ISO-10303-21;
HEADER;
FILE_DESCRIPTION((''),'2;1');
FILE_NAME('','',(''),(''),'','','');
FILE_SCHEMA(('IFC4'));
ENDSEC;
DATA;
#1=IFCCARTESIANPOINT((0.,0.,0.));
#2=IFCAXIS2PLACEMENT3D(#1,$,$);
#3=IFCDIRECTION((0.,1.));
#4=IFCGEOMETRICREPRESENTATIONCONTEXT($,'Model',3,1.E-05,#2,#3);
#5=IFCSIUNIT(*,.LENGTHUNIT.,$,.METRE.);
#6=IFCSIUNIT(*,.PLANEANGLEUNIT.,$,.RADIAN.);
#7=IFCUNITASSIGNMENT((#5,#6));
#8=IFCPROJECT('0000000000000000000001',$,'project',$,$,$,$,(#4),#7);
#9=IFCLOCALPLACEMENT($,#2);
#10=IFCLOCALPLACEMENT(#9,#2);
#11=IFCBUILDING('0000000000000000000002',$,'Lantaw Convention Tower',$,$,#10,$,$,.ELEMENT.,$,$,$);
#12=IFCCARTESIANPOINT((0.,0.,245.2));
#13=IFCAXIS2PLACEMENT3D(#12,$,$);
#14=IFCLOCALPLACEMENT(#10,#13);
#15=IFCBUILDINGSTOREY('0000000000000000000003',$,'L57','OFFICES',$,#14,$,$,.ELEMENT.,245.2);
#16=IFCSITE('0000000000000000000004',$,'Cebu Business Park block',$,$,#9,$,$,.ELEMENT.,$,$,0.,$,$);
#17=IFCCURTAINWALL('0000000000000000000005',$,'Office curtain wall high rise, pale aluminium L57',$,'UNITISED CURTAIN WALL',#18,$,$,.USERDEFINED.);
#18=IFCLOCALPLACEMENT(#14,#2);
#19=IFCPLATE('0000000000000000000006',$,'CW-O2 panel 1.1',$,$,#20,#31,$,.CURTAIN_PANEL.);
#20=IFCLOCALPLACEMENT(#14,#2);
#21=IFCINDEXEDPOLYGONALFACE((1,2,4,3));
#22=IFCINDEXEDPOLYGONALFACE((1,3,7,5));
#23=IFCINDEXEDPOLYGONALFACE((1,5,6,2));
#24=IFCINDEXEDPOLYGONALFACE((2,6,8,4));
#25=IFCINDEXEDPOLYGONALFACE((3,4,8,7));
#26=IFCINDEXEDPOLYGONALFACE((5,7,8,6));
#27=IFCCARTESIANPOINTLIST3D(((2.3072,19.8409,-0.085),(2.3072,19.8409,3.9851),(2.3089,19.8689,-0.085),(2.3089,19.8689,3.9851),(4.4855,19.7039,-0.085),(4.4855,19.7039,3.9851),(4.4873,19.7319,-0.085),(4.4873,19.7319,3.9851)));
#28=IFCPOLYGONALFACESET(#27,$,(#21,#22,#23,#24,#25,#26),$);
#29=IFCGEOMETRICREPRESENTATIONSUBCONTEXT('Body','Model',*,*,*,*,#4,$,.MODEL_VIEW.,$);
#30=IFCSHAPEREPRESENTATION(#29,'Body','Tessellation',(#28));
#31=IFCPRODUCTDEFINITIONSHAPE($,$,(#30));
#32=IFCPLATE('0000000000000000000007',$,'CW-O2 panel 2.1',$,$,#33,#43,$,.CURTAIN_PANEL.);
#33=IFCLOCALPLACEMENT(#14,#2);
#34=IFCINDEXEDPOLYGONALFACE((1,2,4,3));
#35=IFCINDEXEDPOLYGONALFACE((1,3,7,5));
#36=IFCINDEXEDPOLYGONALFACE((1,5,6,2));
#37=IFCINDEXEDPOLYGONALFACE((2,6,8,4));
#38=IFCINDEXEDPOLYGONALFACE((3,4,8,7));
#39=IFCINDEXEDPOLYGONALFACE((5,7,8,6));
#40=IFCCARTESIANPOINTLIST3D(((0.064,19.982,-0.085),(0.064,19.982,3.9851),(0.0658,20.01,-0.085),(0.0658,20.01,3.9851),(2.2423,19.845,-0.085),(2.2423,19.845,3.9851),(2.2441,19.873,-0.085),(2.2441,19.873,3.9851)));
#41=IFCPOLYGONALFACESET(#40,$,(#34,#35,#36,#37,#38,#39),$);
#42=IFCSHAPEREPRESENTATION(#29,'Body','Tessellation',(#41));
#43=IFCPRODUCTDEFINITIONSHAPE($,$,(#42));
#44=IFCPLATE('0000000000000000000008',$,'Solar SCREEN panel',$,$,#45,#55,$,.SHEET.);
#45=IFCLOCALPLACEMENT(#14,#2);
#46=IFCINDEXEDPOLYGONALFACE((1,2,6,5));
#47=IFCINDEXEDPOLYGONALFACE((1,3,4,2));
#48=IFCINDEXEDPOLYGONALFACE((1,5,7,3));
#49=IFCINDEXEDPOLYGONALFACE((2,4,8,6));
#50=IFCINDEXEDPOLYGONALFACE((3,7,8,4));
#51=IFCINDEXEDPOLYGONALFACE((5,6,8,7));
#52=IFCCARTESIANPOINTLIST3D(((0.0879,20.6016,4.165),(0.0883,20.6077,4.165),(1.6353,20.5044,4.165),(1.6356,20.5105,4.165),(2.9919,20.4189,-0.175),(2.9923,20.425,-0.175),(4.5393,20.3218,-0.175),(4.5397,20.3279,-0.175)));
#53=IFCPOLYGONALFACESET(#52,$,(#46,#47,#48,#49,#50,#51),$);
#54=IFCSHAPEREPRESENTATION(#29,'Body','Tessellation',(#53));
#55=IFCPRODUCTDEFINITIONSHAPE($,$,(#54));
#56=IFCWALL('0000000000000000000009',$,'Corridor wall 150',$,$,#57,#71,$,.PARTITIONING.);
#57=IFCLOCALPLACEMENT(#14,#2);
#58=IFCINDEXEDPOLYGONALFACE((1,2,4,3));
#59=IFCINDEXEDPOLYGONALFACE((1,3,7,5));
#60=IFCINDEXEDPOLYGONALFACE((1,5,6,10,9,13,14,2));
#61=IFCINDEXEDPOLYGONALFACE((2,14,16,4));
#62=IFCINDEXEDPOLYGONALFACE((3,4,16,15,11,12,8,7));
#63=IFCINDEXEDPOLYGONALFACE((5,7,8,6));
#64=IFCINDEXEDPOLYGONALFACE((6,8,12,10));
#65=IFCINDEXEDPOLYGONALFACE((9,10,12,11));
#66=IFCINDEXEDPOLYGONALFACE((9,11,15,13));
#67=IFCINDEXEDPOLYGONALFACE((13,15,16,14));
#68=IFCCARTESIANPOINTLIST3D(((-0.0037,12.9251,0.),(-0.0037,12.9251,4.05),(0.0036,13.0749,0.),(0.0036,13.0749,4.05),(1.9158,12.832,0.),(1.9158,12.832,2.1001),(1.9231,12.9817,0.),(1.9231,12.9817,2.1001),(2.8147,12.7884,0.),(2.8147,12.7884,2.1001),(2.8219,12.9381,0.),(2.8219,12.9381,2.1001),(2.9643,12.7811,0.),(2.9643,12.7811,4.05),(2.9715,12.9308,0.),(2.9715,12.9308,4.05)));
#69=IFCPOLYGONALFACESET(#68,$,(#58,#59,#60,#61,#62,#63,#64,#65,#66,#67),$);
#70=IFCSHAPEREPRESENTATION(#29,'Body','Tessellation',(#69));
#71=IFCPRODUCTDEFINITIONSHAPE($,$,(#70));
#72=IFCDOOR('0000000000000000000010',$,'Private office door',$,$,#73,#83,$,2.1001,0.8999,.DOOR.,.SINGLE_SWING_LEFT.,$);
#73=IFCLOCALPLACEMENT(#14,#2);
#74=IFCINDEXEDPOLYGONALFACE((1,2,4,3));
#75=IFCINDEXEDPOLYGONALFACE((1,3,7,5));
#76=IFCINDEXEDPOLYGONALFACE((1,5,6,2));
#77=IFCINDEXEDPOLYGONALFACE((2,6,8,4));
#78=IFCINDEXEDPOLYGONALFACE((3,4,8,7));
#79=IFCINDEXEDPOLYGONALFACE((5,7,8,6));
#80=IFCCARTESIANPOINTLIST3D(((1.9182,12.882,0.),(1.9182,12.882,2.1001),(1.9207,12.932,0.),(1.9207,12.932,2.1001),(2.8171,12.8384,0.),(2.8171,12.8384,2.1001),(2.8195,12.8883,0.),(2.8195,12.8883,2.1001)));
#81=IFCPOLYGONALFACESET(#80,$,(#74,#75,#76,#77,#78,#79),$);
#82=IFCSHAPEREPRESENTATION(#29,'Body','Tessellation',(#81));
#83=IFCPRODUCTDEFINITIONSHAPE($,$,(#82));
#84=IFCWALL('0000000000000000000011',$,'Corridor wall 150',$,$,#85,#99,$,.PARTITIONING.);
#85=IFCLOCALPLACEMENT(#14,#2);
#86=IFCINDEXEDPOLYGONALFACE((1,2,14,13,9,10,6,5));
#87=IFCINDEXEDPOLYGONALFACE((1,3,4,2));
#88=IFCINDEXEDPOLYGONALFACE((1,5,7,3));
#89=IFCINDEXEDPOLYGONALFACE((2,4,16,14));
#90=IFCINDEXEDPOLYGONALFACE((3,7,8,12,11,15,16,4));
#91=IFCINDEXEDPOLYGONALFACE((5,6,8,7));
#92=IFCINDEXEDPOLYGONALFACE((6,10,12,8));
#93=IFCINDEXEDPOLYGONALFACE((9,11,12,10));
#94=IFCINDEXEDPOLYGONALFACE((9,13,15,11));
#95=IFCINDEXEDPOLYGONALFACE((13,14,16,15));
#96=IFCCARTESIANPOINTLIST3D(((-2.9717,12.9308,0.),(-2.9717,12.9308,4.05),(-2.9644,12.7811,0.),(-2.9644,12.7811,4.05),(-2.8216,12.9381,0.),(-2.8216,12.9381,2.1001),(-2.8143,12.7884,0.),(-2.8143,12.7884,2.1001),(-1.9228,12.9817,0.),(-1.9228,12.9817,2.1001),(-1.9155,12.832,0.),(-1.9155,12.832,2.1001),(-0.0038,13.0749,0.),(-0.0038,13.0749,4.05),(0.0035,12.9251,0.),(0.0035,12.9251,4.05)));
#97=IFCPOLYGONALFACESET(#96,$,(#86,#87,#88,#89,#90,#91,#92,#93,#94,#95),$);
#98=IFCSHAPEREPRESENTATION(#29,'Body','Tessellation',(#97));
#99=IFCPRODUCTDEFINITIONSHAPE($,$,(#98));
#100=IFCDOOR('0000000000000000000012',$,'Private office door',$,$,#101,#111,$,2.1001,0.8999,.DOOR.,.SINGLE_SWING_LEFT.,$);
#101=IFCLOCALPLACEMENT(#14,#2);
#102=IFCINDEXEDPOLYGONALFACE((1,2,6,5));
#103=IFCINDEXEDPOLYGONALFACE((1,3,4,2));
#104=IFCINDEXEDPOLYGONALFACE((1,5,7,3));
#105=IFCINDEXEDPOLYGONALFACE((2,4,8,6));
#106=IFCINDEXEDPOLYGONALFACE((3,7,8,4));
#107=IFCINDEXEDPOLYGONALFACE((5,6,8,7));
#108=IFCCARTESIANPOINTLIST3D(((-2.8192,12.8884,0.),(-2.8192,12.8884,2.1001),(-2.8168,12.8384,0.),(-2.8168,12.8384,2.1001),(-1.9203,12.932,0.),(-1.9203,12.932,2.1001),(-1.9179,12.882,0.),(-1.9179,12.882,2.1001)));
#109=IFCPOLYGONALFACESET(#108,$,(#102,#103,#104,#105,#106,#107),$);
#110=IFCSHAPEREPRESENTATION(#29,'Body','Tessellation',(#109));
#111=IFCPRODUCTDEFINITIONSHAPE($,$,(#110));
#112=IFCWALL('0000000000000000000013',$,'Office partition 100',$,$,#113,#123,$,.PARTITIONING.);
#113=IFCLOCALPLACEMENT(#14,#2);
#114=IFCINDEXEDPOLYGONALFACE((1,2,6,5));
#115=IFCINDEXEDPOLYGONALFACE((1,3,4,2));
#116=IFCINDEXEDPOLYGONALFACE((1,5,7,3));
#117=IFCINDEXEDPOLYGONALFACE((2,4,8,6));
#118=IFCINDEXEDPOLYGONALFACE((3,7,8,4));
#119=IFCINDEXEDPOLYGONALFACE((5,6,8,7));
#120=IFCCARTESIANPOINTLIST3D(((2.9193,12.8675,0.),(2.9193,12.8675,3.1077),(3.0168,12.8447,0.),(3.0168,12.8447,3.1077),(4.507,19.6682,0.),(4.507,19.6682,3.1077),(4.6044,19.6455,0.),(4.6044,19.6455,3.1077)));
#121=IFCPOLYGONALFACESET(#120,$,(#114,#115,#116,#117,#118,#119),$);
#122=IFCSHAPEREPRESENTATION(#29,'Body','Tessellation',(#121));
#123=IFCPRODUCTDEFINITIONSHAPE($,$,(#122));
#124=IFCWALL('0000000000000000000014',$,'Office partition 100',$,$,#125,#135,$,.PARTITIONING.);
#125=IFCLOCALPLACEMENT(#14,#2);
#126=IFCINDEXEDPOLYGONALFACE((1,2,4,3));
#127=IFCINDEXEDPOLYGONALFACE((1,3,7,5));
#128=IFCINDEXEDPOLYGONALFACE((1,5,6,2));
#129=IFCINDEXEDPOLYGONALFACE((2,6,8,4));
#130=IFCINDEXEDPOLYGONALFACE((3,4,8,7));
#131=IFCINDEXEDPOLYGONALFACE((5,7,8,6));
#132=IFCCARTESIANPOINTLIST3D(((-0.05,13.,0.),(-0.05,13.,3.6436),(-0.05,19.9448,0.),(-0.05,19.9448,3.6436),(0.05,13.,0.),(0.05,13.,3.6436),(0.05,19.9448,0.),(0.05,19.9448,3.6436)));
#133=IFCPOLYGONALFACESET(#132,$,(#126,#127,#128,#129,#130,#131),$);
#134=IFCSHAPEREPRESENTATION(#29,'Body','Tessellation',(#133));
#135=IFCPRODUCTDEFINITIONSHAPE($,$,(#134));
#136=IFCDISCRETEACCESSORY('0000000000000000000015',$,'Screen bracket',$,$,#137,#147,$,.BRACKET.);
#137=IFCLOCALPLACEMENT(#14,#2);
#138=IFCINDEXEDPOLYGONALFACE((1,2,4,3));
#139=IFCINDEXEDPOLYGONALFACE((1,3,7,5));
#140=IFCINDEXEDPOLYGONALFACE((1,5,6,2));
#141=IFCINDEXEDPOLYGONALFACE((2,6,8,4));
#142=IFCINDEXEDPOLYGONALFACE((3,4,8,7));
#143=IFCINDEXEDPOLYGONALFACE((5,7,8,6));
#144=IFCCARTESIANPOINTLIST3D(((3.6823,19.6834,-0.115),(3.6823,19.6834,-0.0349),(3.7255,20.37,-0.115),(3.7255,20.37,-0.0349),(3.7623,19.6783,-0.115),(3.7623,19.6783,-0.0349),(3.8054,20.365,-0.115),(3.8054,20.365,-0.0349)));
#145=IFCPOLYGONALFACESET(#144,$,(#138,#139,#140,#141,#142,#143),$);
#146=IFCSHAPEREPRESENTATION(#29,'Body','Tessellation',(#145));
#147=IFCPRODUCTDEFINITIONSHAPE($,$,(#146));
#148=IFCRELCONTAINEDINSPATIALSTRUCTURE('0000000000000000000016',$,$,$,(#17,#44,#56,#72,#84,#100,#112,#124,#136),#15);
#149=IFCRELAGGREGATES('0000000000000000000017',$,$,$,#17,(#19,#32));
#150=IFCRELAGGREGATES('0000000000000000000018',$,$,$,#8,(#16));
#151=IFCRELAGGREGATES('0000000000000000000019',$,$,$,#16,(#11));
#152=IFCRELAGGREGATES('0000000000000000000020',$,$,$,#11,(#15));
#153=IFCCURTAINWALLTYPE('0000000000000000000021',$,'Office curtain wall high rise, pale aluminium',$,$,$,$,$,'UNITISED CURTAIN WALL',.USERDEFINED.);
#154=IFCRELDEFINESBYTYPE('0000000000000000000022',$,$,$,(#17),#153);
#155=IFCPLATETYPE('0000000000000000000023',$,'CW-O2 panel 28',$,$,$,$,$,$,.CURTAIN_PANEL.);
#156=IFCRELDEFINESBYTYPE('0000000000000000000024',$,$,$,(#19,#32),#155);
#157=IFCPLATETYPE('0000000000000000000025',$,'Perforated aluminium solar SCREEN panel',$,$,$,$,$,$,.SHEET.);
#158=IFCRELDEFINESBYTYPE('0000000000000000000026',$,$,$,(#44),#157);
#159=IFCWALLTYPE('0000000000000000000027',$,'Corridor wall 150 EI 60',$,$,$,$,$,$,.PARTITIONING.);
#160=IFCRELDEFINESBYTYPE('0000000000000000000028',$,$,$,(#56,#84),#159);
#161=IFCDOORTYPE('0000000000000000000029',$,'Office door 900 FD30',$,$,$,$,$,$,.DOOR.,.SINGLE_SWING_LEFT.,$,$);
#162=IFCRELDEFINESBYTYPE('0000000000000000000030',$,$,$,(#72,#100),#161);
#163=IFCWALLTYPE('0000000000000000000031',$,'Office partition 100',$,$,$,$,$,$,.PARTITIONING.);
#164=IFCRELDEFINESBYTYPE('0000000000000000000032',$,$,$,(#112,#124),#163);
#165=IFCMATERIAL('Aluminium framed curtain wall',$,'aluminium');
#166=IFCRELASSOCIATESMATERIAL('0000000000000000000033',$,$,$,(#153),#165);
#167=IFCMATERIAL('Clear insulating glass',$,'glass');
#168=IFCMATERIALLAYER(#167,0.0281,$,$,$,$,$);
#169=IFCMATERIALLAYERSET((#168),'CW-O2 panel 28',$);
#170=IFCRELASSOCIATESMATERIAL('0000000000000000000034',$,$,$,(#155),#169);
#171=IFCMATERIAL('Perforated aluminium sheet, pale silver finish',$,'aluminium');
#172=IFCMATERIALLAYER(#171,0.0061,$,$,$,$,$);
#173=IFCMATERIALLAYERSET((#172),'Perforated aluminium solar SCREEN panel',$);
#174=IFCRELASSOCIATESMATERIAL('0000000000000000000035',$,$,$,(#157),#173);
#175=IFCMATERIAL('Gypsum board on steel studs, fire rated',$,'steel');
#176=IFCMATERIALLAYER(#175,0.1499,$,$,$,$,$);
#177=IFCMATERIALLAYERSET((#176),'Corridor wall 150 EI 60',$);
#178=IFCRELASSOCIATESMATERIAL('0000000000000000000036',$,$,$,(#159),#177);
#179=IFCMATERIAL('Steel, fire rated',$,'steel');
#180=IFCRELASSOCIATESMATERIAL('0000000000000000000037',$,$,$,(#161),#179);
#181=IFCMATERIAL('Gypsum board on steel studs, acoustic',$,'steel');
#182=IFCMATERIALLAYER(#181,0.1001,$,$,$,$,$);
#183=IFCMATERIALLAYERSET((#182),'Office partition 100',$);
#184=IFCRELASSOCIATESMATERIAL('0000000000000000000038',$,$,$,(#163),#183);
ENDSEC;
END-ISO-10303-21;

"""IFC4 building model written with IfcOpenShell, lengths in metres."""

from ifc_helpers import new_model, si_unit, direction, frame, frame_2d, origin, origin_2d, place, context, subcontext, project, spatial, polyline, rectangle, outline, extrude, material, layer, layer_set, type_object, element, fill, aggregate, save


model = new_model("IFC4")

# Units and contexts
model_context = context("Model", 3, precision=1e-05, world=origin(), true_north=direction((0.0, 1.0)))
body_context = subcontext(model_context, "Body", "Model", "MODEL_VIEW")
ifc_project = project(units=[si_unit("LENGTHUNIT", "METRE"), si_unit("PLANEANGLEUNIT", "RADIAN")], contexts=[model_context])

# Site, building, storey
site_placement = place(None, origin())
site = spatial("IfcSite", under=ifc_project, at=site_placement, Name="Cebu Business Park block", CompositionType="ELEMENT", RefElevation=0.0)
building_placement = place(site_placement, origin())
building = spatial("IfcBuilding", under=site, at=building_placement, Name="Lantaw Convention Tower", CompositionType="ELEMENT")
storey_placement = place(building_placement, frame((0.0, 0.0, 245.2)))
storey = spatial("IfcBuildingStorey", under=building, at=storey_placement, Name="L57", Description="OFFICES", CompositionType="ELEMENT", Elevation=245.2)

# Shared definitions
ifc_material_1 = material(Name="Aluminium framed curtain wall", Category="aluminium")
curtain_wall_type = type_object("IfcCurtainWallType", Name="Office curtain wall high rise, pale aluminium", ElementType="UNITISED CURTAIN WALL", PredefinedType="USERDEFINED", material=ifc_material_1)

# Curtain wall
curtain_wall_1_placement = place(storey_placement, origin())
curtain_wall_1 = element("IfcCurtainWall", 1, at=curtain_wall_1_placement, inside=storey, type_object=curtain_wall_type, Name="Office curtain wall high rise, pale aluminium L57", ObjectType="UNITISED CURTAIN WALL", PredefinedType="USERDEFINED")

# Plates
ifc_material_2 = material(Name="Clear insulating glass", Category="glass")
ifc_layer_1 = layer(ifc_material_2, 0.0281)
ifc_layer_set_1 = layer_set([ifc_layer_1], Name="CW-O2 panel 28")
plate_type_1 = type_object("IfcPlateType", Name="CW-O2 panel 28", PredefinedType="CURTAIN_PANEL", material=ifc_layer_set_1)
plate_1_placement = place(storey_placement, frame((3.3972, 19.7864, -0.085), z_axis=(0.0, 0.0, 1.0), x_axis=(-0.998029, 0.062758, 0.0)))
plate_1 = element("IfcPlate", 2, at=plate_1_placement, type_object=plate_type_1, Name="CW-O2 panel 1.1", PredefinedType="CURTAIN_PANEL", context=body_context, shape_type="SweptSolid", body=[
    extrude(rectangle(XDim=2.1826, YDim=0.0281, at=origin_2d()), origin(), (0.0, 0.0, 1.0), 4.0701),
])
plate_2_placement = place(storey_placement, frame((1.1541, 19.9275, -0.085), z_axis=(0.0, 0.0, 1.0), x_axis=(-0.998029, 0.062758, 0.0)))
plate_2 = element("IfcPlate", 3, at=plate_2_placement, type_object=plate_type_1, Name="CW-O2 panel 2.1", PredefinedType="CURTAIN_PANEL", context=body_context, shape_type="SweptSolid", body=[
    extrude(rectangle(XDim=2.1826, YDim=0.0281, at=origin_2d()), origin(), (0.0, 0.0, 1.0), 4.0701),
])
aggregate(curtain_wall_1, [plate_1, plate_2])
ifc_material_3 = material(Name="Perforated aluminium sheet, pale silver finish", Category="aluminium")
ifc_layer_2 = layer(ifc_material_3, 0.0061)
ifc_layer_set_2 = layer_set([ifc_layer_2], Name="Perforated aluminium solar SCREEN panel")
plate_type_2 = type_object("IfcPlateType", Name="Perforated aluminium solar SCREEN panel", PredefinedType="SHEET", material=ifc_layer_set_2)
plate_3_placement = place(storey_placement, frame((4.5393, 20.3218, -0.175), z_axis=(-0.062672, -0.998034, 0.000059), x_axis=(-0.998034, 0.062672, 0.0)))
element("IfcPlate", 4, at=plate_3_placement, inside=storey, type_object=plate_type_2, Name="Solar SCREEN panel", PredefinedType="SHEET", context=body_context, shape_type="SweptSolid", body=[
    extrude(outline(polyline([(0.0, 0.0), (1.5504, 0.0), (4.4602, -4.3401), (2.9098, -4.3401), (0.0, 0.0)])), origin(), (0.0, 0.0, -1.0), 0.0061),
])

# Walls, openings, doors
ifc_material_4 = material(Name="Gypsum board on steel studs, fire rated", Category="steel")
ifc_layer_3 = layer(ifc_material_4, 0.1499)
ifc_layer_set_3 = layer_set([ifc_layer_3], Name="Corridor wall 150 EI 60")
wall_type_1 = type_object("IfcWallType", Name="Corridor wall 150 EI 60", PredefinedType="PARTITIONING", material=ifc_layer_set_3)
wall_1_placement = place(storey_placement, frame((2.968, 12.856, 0.0), z_axis=(0.0, 0.0, 1.0), x_axis=(-0.998824, 0.048475, 0.0)))
wall_1 = element("IfcWall", 5, at=wall_1_placement, inside=storey, type_object=wall_type_1, Name="Corridor wall 150", PredefinedType="PARTITIONING", context=body_context, shape_type="SweptSolid", body=[
    extrude(rectangle(XDim=2.9714, YDim=0.1499, at=frame_2d((1.4858, 0.0))), origin(), (0.0, 0.0, 1.0), 4.05),
])
opening_1_placement = place(wall_1_placement, frame((0.1499, 0.0, 0.0)))
opening_1 = element("IfcOpeningElement", 6, at=opening_1_placement, cuts=wall_1, PredefinedType="OPENING", context=body_context, shape_type="SweptSolid", body=[
    extrude(rectangle(XDim=0.8999, YDim=2.1001, at=frame_2d((0.45, 1.05))), frame((0.0, 0.085, 0.0), z_axis=(0.0, -1.0, 0.0), x_axis=(1.0, 0.0, 0.0)), (0.0, 0.0, 1.0), 0.1699),
])
ifc_material_5 = material(Name="Steel, fire rated", Category="steel")
door_type = type_object("IfcDoorType", Name="Office door 900 FD30", OperationType="SINGLE_SWING_LEFT", PredefinedType="DOOR", material=ifc_material_5)
door_1_placement = place(opening_1_placement, origin())
door_1 = element("IfcDoor", 7, at=door_1_placement, inside=storey, type_object=door_type, Name="Private office door", OperationType="SINGLE_SWING_LEFT", OverallHeight=2.1001, OverallWidth=0.8999, PredefinedType="DOOR", context=body_context, shape_type="SweptSolid", body=[
    extrude(rectangle(XDim=0.8999, YDim=2.1001, at=frame_2d((0.45, 1.05))), frame((0.0, 0.0249, 0.0), z_axis=(0.0, -1.0, 0.0), x_axis=(1.0, 0.0, 0.0)), (0.0, 0.0, 1.0), 0.05),
])
fill(opening_1, door_1)
wall_2_placement = place(storey_placement, frame((0.0, 13.0, 0.0), z_axis=(0.0, 0.0, 1.0), x_axis=(-0.998824, -0.048475, 0.0)))
wall_2 = element("IfcWall", 8, at=wall_2_placement, inside=storey, type_object=wall_type_1, Name="Corridor wall 150", PredefinedType="PARTITIONING", context=body_context, shape_type="SweptSolid", body=[
    extrude(rectangle(XDim=2.9714, YDim=0.1499, at=frame_2d((1.4858, 0.0))), origin(), (0.0, 0.0, 1.0), 4.05),
])
opening_2_placement = place(wall_2_placement, frame((1.9214, 0.0, 0.0)))
opening_2 = element("IfcOpeningElement", 9, at=opening_2_placement, cuts=wall_2, PredefinedType="OPENING", context=body_context, shape_type="SweptSolid", body=[
    extrude(rectangle(XDim=0.8999, YDim=2.1001, at=frame_2d((0.45, 1.05))), frame((0.0, 0.085, 0.0), z_axis=(0.0, -1.0, 0.0), x_axis=(1.0, 0.0, 0.0)), (0.0, 0.0, 1.0), 0.1699),
])
door_2_placement = place(opening_2_placement, origin())
door_2 = element("IfcDoor", 10, at=door_2_placement, inside=storey, type_object=door_type, Name="Private office door", OperationType="SINGLE_SWING_LEFT", OverallHeight=2.1001, OverallWidth=0.8999, PredefinedType="DOOR", context=body_context, shape_type="SweptSolid", body=[
    extrude(rectangle(XDim=0.8999, YDim=2.1001, at=frame_2d((0.45, 1.05))), frame((0.0, 0.0249, 0.0), z_axis=(0.0, -1.0, 0.0), x_axis=(1.0, 0.0, 0.0)), (0.0, 0.0, 1.0), 0.05),
])
fill(opening_2, door_2)

# Walls
ifc_material_6 = material(Name="Gypsum board on steel studs, acoustic", Category="steel")
ifc_layer_4 = layer(ifc_material_6, 0.1001)
ifc_layer_set_4 = layer_set([ifc_layer_4], Name="Office partition 100")
wall_type_2 = type_object("IfcWallType", Name="Office partition 100", PredefinedType="PARTITIONING", material=ifc_layer_set_4)
wall_3_placement = place(storey_placement, frame((4.5557, 19.6567, 0.0), z_axis=(0.0, 0.0, 1.0), x_axis=(-0.227338, -0.973816, 0.0)))
element("IfcWall", 11, at=wall_3_placement, inside=storey, type_object=wall_type_2, Name="Office partition 100", PredefinedType="PARTITIONING", context=body_context, shape_type="SweptSolid", body=[
    extrude(rectangle(XDim=6.9836, YDim=0.1001, at=frame_2d((3.4917, 0.0))), origin(), (0.0, 0.0, 1.0), 3.1077),
])
wall_4_placement = place(storey_placement, frame((0.0, 19.9448, 0.0), z_axis=(0.0, 0.0, 1.0), x_axis=(0.0, -1.0, 0.0)))
element("IfcWall", 12, at=wall_4_placement, inside=storey, type_object=wall_type_2, Name="Office partition 100", PredefinedType="PARTITIONING", context=body_context, shape_type="SweptSolid", body=[
    extrude(rectangle(XDim=6.9448, YDim=0.1001, at=frame_2d((3.4724, 0.0))), origin(), (0.0, 0.0, 1.0), 3.6436),
])

# Discrete accessory
discrete_accessory_placement = place(storey_placement, frame((3.7439, 20.0242, -0.115), z_axis=(0.0, 0.0, 1.0), x_axis=(-0.998029, 0.062758, 0.0)))
element("IfcDiscreteAccessory", 13, at=discrete_accessory_placement, inside=storey, Name="Screen bracket", PredefinedType="BRACKET", context=body_context, shape_type="SweptSolid", body=[
    extrude(rectangle(XDim=0.0801, YDim=0.688, at=origin_2d()), origin(), (0.0, 0.0, 1.0), 0.0801),
])

save(model, "model.ifc")
